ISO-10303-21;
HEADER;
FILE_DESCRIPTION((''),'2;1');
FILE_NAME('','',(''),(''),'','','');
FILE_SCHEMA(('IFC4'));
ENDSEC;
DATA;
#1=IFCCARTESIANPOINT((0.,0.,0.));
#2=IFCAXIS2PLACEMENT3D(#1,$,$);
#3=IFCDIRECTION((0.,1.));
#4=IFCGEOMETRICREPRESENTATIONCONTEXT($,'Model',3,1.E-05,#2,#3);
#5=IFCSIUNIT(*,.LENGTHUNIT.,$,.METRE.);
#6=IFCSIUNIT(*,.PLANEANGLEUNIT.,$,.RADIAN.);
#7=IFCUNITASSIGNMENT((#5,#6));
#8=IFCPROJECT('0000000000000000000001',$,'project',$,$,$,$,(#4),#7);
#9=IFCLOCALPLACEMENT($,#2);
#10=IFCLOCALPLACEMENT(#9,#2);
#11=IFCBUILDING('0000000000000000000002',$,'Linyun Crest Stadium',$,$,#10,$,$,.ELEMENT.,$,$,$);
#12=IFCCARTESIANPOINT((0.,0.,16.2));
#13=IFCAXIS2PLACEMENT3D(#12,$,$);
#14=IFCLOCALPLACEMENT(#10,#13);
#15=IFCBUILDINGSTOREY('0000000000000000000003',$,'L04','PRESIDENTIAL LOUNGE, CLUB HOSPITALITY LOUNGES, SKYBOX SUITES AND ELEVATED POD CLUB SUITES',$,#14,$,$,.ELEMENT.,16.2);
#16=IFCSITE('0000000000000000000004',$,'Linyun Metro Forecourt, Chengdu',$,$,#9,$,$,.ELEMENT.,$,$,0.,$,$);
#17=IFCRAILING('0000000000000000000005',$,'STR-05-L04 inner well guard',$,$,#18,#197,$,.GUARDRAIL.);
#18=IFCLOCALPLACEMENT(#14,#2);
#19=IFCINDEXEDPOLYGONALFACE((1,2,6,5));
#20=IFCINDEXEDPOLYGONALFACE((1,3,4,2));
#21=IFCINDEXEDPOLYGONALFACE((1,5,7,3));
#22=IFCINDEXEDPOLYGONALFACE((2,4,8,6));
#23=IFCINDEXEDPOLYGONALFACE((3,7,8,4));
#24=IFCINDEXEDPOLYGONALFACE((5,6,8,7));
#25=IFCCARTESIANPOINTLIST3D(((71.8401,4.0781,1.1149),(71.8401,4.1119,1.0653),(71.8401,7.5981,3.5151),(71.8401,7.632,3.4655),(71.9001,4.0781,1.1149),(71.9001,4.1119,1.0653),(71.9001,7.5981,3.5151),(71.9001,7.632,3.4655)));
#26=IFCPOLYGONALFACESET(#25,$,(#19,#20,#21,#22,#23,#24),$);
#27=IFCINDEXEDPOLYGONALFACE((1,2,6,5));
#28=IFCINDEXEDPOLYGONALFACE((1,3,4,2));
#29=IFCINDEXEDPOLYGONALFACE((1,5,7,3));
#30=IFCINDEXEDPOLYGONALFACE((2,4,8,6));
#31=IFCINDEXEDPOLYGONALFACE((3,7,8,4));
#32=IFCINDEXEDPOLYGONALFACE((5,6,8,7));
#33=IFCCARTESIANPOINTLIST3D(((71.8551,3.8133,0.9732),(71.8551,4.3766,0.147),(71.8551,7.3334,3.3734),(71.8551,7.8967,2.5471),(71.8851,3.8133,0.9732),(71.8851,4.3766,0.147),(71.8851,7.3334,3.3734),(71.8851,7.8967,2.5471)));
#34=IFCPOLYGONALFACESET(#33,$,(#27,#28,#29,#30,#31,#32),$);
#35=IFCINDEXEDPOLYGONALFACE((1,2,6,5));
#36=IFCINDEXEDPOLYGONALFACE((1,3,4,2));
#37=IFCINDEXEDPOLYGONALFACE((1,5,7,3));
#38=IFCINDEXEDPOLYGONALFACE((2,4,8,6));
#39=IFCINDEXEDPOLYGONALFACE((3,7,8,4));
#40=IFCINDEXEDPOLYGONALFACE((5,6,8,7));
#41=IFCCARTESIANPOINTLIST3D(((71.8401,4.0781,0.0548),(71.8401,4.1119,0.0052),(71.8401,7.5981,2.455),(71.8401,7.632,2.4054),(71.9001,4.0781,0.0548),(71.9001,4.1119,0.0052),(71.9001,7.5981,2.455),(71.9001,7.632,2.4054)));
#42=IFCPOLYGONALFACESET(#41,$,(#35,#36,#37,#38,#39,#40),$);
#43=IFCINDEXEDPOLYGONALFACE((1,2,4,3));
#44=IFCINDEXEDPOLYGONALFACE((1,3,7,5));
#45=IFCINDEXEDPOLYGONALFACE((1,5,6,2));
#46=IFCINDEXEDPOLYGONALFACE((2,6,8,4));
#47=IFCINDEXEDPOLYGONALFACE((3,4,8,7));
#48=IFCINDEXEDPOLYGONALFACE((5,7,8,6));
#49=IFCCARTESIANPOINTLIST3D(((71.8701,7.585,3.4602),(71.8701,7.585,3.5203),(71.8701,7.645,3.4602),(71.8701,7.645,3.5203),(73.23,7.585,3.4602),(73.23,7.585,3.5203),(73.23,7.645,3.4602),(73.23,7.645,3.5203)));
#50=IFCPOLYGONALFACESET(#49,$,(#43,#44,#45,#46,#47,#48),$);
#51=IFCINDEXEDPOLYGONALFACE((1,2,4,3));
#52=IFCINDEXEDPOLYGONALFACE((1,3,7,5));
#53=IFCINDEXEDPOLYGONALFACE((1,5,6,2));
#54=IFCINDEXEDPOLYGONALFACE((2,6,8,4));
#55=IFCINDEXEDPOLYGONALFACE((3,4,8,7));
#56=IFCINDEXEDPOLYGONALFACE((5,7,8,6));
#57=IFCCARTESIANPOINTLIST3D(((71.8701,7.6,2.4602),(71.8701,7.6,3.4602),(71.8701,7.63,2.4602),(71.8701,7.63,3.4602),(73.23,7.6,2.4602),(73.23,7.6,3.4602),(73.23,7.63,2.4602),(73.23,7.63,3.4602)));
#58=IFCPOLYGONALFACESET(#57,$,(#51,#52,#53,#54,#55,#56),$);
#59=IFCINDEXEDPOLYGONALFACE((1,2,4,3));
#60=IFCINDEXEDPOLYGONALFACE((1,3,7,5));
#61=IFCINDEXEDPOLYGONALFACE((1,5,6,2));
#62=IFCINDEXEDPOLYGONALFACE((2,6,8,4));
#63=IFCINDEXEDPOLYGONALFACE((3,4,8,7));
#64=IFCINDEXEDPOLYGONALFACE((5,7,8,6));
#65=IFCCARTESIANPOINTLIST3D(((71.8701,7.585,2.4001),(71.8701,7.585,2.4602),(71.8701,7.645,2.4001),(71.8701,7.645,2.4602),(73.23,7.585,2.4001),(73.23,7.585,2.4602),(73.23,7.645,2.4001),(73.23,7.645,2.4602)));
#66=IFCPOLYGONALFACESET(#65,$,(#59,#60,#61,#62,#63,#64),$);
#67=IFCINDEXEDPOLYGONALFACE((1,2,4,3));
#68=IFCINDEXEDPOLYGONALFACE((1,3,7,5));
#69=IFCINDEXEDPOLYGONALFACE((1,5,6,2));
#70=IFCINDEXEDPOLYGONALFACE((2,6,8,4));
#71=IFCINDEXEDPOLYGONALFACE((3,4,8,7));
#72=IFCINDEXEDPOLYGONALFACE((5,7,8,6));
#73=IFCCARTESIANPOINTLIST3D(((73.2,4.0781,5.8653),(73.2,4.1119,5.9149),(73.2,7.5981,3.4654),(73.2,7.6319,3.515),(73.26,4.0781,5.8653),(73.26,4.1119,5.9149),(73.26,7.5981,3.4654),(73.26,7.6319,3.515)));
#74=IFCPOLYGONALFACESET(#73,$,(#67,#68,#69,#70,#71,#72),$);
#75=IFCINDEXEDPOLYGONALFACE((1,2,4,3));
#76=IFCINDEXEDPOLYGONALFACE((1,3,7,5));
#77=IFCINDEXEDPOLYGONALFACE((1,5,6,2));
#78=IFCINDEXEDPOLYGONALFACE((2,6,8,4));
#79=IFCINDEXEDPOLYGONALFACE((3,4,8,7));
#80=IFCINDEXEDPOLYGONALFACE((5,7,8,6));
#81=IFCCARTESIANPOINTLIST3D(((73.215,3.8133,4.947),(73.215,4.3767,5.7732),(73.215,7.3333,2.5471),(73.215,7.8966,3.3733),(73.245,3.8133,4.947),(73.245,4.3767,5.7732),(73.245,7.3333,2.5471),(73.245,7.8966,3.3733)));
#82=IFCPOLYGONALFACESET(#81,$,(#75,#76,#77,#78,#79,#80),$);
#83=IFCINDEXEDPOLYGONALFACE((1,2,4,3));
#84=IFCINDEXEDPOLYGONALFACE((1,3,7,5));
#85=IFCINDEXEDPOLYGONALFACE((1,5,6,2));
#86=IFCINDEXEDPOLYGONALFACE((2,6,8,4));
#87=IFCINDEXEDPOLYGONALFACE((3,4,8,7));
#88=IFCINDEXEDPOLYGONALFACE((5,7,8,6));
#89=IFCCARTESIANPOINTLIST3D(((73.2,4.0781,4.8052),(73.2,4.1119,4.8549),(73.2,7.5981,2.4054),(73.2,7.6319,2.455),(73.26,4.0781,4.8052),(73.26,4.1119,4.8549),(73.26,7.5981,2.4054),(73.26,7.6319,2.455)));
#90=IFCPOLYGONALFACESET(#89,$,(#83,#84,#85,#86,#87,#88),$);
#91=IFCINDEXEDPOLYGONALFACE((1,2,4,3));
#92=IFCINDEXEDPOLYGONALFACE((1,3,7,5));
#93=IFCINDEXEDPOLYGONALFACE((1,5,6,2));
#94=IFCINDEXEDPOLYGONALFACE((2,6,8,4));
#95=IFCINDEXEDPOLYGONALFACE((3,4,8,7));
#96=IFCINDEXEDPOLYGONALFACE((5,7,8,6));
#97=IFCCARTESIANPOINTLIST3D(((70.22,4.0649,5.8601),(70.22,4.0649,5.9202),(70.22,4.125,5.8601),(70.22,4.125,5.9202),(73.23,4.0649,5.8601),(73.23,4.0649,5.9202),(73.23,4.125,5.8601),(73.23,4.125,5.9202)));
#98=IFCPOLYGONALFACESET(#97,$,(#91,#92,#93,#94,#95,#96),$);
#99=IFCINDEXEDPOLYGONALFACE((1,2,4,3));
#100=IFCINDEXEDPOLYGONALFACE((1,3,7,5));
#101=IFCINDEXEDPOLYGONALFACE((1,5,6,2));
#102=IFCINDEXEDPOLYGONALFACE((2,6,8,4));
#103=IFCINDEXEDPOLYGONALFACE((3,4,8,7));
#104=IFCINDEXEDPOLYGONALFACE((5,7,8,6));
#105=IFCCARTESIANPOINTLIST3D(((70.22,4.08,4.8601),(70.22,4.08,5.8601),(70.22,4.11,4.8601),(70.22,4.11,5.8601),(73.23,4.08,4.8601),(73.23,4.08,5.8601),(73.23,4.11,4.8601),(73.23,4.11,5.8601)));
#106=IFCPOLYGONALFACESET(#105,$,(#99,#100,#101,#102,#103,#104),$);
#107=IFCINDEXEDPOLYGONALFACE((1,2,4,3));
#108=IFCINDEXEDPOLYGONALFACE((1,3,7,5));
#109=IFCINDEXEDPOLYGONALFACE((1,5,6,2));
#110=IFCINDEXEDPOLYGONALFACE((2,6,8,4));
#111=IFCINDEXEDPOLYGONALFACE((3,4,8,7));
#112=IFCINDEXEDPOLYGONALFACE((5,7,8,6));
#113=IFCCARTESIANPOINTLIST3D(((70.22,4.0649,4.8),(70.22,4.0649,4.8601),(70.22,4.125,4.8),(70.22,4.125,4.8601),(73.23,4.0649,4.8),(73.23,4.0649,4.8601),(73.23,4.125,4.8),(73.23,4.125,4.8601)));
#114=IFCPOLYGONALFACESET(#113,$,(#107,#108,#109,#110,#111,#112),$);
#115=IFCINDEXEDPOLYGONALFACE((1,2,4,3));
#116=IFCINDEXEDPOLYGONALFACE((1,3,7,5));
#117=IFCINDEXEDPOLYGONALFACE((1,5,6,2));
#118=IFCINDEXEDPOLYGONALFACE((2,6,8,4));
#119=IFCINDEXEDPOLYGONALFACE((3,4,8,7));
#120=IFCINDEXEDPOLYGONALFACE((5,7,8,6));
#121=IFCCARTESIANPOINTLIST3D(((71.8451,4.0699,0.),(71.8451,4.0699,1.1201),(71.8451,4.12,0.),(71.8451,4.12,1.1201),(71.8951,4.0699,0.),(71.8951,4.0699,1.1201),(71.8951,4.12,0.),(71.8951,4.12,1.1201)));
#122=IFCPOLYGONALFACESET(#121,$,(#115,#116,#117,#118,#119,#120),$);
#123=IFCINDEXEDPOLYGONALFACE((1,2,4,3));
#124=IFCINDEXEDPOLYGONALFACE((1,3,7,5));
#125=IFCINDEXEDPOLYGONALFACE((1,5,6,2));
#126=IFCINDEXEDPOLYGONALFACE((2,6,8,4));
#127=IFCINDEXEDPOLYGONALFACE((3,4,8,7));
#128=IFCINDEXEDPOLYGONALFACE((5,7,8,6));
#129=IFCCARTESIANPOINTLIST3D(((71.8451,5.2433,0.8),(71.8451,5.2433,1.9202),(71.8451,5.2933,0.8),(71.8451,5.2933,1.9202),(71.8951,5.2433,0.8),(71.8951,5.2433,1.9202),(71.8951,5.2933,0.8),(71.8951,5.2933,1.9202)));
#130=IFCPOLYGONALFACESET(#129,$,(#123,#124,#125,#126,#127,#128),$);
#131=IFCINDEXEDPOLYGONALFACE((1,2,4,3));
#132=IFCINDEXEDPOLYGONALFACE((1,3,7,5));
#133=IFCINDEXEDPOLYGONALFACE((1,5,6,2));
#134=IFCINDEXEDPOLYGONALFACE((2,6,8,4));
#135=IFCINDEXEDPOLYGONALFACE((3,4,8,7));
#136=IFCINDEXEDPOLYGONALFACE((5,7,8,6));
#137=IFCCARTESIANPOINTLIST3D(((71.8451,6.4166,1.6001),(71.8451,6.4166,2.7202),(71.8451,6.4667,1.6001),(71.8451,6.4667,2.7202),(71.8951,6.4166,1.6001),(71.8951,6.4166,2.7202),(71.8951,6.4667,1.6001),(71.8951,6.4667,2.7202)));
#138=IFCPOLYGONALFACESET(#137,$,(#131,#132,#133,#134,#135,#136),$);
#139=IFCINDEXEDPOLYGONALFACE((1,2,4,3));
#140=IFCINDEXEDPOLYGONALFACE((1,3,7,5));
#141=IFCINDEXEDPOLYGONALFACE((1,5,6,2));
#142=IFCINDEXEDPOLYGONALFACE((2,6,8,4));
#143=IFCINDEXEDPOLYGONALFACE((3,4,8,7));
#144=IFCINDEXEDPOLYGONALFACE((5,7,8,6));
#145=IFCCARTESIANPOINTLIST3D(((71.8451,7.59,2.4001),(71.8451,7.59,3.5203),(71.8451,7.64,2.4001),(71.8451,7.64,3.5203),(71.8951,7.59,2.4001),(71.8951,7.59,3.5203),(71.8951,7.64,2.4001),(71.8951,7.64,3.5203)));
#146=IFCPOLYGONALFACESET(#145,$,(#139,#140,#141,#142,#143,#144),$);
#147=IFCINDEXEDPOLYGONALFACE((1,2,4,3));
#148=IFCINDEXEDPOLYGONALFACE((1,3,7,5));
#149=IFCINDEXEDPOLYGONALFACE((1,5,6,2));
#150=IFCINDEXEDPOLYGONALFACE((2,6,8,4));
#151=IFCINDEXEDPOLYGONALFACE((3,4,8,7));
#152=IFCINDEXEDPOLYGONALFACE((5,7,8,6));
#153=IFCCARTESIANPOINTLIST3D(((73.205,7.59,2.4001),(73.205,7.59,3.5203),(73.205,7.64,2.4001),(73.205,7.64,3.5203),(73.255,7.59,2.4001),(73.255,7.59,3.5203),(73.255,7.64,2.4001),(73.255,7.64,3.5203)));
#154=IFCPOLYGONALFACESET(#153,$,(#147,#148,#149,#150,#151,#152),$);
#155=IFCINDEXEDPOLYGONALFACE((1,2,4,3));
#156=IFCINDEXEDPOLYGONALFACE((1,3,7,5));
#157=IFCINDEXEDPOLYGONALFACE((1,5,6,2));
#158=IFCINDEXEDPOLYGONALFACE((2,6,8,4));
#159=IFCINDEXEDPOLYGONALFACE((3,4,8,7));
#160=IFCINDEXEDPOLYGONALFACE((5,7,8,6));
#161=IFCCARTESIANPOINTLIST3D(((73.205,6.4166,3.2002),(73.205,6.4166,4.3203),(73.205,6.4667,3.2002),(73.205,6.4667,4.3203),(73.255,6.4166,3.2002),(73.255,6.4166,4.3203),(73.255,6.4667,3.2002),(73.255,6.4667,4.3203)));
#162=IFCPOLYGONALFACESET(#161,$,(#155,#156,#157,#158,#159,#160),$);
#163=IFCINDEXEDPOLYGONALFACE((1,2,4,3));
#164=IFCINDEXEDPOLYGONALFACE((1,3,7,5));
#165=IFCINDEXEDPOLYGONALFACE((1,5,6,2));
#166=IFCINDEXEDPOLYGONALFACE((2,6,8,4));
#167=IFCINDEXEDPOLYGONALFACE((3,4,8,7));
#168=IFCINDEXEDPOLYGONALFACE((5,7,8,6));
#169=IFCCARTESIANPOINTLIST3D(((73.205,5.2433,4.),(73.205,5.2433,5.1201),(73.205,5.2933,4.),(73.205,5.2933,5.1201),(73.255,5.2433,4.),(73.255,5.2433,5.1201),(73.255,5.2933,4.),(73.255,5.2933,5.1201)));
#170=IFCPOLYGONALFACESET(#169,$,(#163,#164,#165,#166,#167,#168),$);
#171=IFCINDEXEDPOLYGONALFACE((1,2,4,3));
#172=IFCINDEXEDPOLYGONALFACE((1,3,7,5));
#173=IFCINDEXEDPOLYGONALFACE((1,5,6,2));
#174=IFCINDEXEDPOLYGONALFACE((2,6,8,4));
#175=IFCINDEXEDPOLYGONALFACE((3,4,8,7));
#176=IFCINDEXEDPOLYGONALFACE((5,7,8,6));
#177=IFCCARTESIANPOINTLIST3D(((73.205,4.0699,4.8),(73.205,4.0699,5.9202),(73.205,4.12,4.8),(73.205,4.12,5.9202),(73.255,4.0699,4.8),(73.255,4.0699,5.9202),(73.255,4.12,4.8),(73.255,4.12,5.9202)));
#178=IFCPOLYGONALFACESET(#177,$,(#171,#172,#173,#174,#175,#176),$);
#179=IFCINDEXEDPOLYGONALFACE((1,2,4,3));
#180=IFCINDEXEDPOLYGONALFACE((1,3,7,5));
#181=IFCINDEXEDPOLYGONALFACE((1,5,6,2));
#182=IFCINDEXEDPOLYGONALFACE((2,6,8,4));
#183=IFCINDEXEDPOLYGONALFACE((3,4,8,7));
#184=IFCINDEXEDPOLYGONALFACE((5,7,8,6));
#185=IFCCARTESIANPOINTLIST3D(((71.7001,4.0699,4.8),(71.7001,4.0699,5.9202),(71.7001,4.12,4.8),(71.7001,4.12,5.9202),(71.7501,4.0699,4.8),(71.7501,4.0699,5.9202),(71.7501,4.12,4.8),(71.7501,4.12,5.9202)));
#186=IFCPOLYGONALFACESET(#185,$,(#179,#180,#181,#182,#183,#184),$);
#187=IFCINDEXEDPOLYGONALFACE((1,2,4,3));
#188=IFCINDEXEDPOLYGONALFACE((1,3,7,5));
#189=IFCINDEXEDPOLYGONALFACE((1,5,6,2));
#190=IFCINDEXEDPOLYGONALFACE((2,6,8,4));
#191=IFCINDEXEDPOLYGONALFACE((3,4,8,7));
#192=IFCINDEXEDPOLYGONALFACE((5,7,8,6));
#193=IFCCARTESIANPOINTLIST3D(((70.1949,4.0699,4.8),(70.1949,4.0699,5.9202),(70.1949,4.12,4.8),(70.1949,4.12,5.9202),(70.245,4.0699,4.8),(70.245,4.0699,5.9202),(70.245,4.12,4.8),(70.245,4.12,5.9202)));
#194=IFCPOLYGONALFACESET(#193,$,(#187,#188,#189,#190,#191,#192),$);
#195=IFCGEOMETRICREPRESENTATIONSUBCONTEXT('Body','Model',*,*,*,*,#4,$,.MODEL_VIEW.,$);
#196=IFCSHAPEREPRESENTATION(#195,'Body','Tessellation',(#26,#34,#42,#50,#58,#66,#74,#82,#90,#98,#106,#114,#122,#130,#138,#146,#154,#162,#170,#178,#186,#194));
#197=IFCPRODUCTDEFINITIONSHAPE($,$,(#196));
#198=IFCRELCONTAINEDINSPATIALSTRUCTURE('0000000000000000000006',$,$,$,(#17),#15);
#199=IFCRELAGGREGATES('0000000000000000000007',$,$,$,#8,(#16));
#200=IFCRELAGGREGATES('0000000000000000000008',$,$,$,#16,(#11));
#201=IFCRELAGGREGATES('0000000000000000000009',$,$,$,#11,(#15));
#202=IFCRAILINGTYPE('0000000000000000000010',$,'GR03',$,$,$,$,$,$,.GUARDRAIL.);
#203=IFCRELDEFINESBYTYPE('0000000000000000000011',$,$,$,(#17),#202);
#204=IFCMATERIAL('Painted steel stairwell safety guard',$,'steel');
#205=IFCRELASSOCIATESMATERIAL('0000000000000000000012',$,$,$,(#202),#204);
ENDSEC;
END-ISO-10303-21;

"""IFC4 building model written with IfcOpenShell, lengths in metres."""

from ifc_helpers import new_model, si_unit, direction, frame, origin, origin_2d, place, context, subcontext, project, spatial, rectangle, extrude, material, type_object, element, save


model = new_model("IFC4")

# Units and contexts
model_context = context("Model", 3, precision=1e-05, world=origin(), true_north=direction((0.0, 1.0)))
body_context = subcontext(model_context, "Body", "Model", "MODEL_VIEW")
ifc_project = project(units=[si_unit("LENGTHUNIT", "METRE"), si_unit("PLANEANGLEUNIT", "RADIAN")], contexts=[model_context])

# Site, building, storey
site_placement = place(None, origin())
site = spatial("IfcSite", under=ifc_project, at=site_placement, Name="Linyun Metro Forecourt, Chengdu", CompositionType="ELEMENT", RefElevation=0.0)
building_placement = place(site_placement, origin())
building = spatial("IfcBuilding", under=site, at=building_placement, Name="Linyun Crest Stadium", CompositionType="ELEMENT")
storey_placement = place(building_placement, frame((0.0, 0.0, 16.2)))
storey = spatial("IfcBuildingStorey", under=building, at=storey_placement, Name="L04", Description="PRESIDENTIAL LOUNGE, CLUB HOSPITALITY LOUNGES, SKYBOX SUITES AND ELEVATED POD CLUB SUITES", CompositionType="ELEMENT", Elevation=16.2)

# Railing
ifc_material_1 = material(Name="Painted steel stairwell safety guard", Category="steel")
railing_type_1 = type_object("IfcRailingType", Name="GR03", PredefinedType="GUARDRAIL", material=ifc_material_1)
railing_1_placement = place(storey_placement, frame((71.8701, 4.095, 0.0)))
element("IfcRailing", 1, at=railing_1_placement, inside=storey, type_object=railing_type_1, Name="STR-05-L04 inner well guard", PredefinedType="GUARDRAIL", context=body_context, shape_type="SweptSolid", body=[
    extrude(rectangle(XDim=0.0601, YDim=0.0601, at=origin_2d()), frame((0.0, 0.0, 1.0901), z_axis=(0.0, 0.826213, 0.563358), x_axis=(-1.0, 0.0, 0.0)), (0.0, 0.0, 1.0), 4.2605),
    extrude(rectangle(XDim=0.03, YDim=1.0, at=origin_2d()), frame((0.0, 0.0, 0.5601), z_axis=(0.0, 0.826213, 0.563358), x_axis=(-1.0, 0.0, 0.0)), (0.0, 0.0, 1.0), 4.2605),
    extrude(rectangle(XDim=0.0601, YDim=0.0601, at=origin_2d()), frame((0.0, 0.0, 0.03), z_axis=(0.0, 0.826213, 0.563358), x_axis=(-1.0, 0.0, 0.0)), (0.0, 0.0, 1.0), 4.2605),
    extrude(rectangle(XDim=0.0601, YDim=0.0601, at=origin_2d()), frame((0.0, 3.52, 3.4902), z_axis=(1.0, 0.0, 0.0), x_axis=(0.0, 1.0, 0.0)), (0.0, 0.0, 1.0), 1.3599),
    extrude(rectangle(XDim=0.03, YDim=1.0, at=origin_2d()), frame((0.0, 3.52, 2.9602), z_axis=(1.0, 0.0, 0.0), x_axis=(0.0, 1.0, 0.0)), (0.0, 0.0, 1.0), 1.3599),
    extrude(rectangle(XDim=0.0601, YDim=0.0601, at=origin_2d()), frame((0.0, 3.52, 2.4302), z_axis=(1.0, 0.0, 0.0), x_axis=(0.0, 1.0, 0.0)), (0.0, 0.0, 1.0), 1.3599),
    extrude(rectangle(XDim=0.0601, YDim=0.0601, at=origin_2d()), frame((1.3599, 3.52, 3.4902), z_axis=(0.0, -0.826239, 0.563319), x_axis=(1.0, 0.0, 0.0)), (0.0, 0.0, 1.0), 4.2603),
    extrude(rectangle(XDim=0.03, YDim=1.0, at=origin_2d()), frame((1.3599, 3.52, 2.9602), z_axis=(0.0, -0.826239, 0.563319), x_axis=(1.0, 0.0, 0.0)), (0.0, 0.0, 1.0), 4.2603),
    extrude(rectangle(XDim=0.0601, YDim=0.0601, at=origin_2d()), frame((1.3599, 3.52, 2.4302), z_axis=(0.0, -0.826239, 0.563319), x_axis=(1.0, 0.0, 0.0)), (0.0, 0.0, 1.0), 4.2603),
    extrude(rectangle(XDim=0.0601, YDim=0.0601, at=origin_2d()), frame((1.3599, 0.0, 5.8901), z_axis=(-1.0, 0.0, 0.0), x_axis=(0.0, -1.0, 0.0)), (0.0, 0.0, 1.0), 3.01),
    extrude(rectangle(XDim=0.03, YDim=1.0, at=origin_2d()), frame((1.3599, 0.0, 5.3601), z_axis=(-1.0, 0.0, 0.0), x_axis=(0.0, -1.0, 0.0)), (0.0, 0.0, 1.0), 3.01),
    extrude(rectangle(XDim=0.0601, YDim=0.0601, at=origin_2d()), frame((1.3599, 0.0, 4.8301), z_axis=(-1.0, 0.0, 0.0), x_axis=(0.0, -1.0, 0.0)), (0.0, 0.0, 1.0), 3.01),
    extrude(rectangle(XDim=0.05, YDim=0.05, at=origin_2d()), origin(), (0.0, 0.0, 1.0), 1.1201),
    extrude(rectangle(XDim=0.05, YDim=0.05, at=origin_2d()), frame((0.0, 1.1733, 0.8)), (0.0, 0.0, 1.0), 1.1201),
    extrude(rectangle(XDim=0.05, YDim=0.05, at=origin_2d()), frame((0.0, 2.3467, 1.6001)), (0.0, 0.0, 1.0), 1.1201),
    extrude(rectangle(XDim=0.05, YDim=0.05, at=origin_2d()), frame((0.0, 3.52, 2.4001)), (0.0, 0.0, 1.0), 1.1201),
    extrude(rectangle(XDim=0.05, YDim=0.05, at=origin_2d()), frame((1.3599, 3.52, 2.4001)), (0.0, 0.0, 1.0), 1.1201),
    extrude(rectangle(XDim=0.05, YDim=0.05, at=origin_2d()), frame((1.3599, 2.3467, 3.2002)), (0.0, 0.0, 1.0), 1.1201),
    extrude(rectangle(XDim=0.05, YDim=0.05, at=origin_2d()), frame((1.3599, 1.1733, 4.0)), (0.0, 0.0, 1.0), 1.1201),
    extrude(rectangle(XDim=0.05, YDim=0.05, at=origin_2d()), frame((1.3599, 0.0, 4.8)), (0.0, 0.0, 1.0), 1.1201),
    extrude(rectangle(XDim=0.05, YDim=0.05, at=origin_2d()), frame((-0.145, 0.0, 4.8)), (0.0, 0.0, 1.0), 1.1201),
    extrude(rectangle(XDim=0.05, YDim=0.05, at=origin_2d()), frame((-1.6501, 0.0, 4.8)), (0.0, 0.0, 1.0), 1.1201),
])

save(model, "model.ifc")
